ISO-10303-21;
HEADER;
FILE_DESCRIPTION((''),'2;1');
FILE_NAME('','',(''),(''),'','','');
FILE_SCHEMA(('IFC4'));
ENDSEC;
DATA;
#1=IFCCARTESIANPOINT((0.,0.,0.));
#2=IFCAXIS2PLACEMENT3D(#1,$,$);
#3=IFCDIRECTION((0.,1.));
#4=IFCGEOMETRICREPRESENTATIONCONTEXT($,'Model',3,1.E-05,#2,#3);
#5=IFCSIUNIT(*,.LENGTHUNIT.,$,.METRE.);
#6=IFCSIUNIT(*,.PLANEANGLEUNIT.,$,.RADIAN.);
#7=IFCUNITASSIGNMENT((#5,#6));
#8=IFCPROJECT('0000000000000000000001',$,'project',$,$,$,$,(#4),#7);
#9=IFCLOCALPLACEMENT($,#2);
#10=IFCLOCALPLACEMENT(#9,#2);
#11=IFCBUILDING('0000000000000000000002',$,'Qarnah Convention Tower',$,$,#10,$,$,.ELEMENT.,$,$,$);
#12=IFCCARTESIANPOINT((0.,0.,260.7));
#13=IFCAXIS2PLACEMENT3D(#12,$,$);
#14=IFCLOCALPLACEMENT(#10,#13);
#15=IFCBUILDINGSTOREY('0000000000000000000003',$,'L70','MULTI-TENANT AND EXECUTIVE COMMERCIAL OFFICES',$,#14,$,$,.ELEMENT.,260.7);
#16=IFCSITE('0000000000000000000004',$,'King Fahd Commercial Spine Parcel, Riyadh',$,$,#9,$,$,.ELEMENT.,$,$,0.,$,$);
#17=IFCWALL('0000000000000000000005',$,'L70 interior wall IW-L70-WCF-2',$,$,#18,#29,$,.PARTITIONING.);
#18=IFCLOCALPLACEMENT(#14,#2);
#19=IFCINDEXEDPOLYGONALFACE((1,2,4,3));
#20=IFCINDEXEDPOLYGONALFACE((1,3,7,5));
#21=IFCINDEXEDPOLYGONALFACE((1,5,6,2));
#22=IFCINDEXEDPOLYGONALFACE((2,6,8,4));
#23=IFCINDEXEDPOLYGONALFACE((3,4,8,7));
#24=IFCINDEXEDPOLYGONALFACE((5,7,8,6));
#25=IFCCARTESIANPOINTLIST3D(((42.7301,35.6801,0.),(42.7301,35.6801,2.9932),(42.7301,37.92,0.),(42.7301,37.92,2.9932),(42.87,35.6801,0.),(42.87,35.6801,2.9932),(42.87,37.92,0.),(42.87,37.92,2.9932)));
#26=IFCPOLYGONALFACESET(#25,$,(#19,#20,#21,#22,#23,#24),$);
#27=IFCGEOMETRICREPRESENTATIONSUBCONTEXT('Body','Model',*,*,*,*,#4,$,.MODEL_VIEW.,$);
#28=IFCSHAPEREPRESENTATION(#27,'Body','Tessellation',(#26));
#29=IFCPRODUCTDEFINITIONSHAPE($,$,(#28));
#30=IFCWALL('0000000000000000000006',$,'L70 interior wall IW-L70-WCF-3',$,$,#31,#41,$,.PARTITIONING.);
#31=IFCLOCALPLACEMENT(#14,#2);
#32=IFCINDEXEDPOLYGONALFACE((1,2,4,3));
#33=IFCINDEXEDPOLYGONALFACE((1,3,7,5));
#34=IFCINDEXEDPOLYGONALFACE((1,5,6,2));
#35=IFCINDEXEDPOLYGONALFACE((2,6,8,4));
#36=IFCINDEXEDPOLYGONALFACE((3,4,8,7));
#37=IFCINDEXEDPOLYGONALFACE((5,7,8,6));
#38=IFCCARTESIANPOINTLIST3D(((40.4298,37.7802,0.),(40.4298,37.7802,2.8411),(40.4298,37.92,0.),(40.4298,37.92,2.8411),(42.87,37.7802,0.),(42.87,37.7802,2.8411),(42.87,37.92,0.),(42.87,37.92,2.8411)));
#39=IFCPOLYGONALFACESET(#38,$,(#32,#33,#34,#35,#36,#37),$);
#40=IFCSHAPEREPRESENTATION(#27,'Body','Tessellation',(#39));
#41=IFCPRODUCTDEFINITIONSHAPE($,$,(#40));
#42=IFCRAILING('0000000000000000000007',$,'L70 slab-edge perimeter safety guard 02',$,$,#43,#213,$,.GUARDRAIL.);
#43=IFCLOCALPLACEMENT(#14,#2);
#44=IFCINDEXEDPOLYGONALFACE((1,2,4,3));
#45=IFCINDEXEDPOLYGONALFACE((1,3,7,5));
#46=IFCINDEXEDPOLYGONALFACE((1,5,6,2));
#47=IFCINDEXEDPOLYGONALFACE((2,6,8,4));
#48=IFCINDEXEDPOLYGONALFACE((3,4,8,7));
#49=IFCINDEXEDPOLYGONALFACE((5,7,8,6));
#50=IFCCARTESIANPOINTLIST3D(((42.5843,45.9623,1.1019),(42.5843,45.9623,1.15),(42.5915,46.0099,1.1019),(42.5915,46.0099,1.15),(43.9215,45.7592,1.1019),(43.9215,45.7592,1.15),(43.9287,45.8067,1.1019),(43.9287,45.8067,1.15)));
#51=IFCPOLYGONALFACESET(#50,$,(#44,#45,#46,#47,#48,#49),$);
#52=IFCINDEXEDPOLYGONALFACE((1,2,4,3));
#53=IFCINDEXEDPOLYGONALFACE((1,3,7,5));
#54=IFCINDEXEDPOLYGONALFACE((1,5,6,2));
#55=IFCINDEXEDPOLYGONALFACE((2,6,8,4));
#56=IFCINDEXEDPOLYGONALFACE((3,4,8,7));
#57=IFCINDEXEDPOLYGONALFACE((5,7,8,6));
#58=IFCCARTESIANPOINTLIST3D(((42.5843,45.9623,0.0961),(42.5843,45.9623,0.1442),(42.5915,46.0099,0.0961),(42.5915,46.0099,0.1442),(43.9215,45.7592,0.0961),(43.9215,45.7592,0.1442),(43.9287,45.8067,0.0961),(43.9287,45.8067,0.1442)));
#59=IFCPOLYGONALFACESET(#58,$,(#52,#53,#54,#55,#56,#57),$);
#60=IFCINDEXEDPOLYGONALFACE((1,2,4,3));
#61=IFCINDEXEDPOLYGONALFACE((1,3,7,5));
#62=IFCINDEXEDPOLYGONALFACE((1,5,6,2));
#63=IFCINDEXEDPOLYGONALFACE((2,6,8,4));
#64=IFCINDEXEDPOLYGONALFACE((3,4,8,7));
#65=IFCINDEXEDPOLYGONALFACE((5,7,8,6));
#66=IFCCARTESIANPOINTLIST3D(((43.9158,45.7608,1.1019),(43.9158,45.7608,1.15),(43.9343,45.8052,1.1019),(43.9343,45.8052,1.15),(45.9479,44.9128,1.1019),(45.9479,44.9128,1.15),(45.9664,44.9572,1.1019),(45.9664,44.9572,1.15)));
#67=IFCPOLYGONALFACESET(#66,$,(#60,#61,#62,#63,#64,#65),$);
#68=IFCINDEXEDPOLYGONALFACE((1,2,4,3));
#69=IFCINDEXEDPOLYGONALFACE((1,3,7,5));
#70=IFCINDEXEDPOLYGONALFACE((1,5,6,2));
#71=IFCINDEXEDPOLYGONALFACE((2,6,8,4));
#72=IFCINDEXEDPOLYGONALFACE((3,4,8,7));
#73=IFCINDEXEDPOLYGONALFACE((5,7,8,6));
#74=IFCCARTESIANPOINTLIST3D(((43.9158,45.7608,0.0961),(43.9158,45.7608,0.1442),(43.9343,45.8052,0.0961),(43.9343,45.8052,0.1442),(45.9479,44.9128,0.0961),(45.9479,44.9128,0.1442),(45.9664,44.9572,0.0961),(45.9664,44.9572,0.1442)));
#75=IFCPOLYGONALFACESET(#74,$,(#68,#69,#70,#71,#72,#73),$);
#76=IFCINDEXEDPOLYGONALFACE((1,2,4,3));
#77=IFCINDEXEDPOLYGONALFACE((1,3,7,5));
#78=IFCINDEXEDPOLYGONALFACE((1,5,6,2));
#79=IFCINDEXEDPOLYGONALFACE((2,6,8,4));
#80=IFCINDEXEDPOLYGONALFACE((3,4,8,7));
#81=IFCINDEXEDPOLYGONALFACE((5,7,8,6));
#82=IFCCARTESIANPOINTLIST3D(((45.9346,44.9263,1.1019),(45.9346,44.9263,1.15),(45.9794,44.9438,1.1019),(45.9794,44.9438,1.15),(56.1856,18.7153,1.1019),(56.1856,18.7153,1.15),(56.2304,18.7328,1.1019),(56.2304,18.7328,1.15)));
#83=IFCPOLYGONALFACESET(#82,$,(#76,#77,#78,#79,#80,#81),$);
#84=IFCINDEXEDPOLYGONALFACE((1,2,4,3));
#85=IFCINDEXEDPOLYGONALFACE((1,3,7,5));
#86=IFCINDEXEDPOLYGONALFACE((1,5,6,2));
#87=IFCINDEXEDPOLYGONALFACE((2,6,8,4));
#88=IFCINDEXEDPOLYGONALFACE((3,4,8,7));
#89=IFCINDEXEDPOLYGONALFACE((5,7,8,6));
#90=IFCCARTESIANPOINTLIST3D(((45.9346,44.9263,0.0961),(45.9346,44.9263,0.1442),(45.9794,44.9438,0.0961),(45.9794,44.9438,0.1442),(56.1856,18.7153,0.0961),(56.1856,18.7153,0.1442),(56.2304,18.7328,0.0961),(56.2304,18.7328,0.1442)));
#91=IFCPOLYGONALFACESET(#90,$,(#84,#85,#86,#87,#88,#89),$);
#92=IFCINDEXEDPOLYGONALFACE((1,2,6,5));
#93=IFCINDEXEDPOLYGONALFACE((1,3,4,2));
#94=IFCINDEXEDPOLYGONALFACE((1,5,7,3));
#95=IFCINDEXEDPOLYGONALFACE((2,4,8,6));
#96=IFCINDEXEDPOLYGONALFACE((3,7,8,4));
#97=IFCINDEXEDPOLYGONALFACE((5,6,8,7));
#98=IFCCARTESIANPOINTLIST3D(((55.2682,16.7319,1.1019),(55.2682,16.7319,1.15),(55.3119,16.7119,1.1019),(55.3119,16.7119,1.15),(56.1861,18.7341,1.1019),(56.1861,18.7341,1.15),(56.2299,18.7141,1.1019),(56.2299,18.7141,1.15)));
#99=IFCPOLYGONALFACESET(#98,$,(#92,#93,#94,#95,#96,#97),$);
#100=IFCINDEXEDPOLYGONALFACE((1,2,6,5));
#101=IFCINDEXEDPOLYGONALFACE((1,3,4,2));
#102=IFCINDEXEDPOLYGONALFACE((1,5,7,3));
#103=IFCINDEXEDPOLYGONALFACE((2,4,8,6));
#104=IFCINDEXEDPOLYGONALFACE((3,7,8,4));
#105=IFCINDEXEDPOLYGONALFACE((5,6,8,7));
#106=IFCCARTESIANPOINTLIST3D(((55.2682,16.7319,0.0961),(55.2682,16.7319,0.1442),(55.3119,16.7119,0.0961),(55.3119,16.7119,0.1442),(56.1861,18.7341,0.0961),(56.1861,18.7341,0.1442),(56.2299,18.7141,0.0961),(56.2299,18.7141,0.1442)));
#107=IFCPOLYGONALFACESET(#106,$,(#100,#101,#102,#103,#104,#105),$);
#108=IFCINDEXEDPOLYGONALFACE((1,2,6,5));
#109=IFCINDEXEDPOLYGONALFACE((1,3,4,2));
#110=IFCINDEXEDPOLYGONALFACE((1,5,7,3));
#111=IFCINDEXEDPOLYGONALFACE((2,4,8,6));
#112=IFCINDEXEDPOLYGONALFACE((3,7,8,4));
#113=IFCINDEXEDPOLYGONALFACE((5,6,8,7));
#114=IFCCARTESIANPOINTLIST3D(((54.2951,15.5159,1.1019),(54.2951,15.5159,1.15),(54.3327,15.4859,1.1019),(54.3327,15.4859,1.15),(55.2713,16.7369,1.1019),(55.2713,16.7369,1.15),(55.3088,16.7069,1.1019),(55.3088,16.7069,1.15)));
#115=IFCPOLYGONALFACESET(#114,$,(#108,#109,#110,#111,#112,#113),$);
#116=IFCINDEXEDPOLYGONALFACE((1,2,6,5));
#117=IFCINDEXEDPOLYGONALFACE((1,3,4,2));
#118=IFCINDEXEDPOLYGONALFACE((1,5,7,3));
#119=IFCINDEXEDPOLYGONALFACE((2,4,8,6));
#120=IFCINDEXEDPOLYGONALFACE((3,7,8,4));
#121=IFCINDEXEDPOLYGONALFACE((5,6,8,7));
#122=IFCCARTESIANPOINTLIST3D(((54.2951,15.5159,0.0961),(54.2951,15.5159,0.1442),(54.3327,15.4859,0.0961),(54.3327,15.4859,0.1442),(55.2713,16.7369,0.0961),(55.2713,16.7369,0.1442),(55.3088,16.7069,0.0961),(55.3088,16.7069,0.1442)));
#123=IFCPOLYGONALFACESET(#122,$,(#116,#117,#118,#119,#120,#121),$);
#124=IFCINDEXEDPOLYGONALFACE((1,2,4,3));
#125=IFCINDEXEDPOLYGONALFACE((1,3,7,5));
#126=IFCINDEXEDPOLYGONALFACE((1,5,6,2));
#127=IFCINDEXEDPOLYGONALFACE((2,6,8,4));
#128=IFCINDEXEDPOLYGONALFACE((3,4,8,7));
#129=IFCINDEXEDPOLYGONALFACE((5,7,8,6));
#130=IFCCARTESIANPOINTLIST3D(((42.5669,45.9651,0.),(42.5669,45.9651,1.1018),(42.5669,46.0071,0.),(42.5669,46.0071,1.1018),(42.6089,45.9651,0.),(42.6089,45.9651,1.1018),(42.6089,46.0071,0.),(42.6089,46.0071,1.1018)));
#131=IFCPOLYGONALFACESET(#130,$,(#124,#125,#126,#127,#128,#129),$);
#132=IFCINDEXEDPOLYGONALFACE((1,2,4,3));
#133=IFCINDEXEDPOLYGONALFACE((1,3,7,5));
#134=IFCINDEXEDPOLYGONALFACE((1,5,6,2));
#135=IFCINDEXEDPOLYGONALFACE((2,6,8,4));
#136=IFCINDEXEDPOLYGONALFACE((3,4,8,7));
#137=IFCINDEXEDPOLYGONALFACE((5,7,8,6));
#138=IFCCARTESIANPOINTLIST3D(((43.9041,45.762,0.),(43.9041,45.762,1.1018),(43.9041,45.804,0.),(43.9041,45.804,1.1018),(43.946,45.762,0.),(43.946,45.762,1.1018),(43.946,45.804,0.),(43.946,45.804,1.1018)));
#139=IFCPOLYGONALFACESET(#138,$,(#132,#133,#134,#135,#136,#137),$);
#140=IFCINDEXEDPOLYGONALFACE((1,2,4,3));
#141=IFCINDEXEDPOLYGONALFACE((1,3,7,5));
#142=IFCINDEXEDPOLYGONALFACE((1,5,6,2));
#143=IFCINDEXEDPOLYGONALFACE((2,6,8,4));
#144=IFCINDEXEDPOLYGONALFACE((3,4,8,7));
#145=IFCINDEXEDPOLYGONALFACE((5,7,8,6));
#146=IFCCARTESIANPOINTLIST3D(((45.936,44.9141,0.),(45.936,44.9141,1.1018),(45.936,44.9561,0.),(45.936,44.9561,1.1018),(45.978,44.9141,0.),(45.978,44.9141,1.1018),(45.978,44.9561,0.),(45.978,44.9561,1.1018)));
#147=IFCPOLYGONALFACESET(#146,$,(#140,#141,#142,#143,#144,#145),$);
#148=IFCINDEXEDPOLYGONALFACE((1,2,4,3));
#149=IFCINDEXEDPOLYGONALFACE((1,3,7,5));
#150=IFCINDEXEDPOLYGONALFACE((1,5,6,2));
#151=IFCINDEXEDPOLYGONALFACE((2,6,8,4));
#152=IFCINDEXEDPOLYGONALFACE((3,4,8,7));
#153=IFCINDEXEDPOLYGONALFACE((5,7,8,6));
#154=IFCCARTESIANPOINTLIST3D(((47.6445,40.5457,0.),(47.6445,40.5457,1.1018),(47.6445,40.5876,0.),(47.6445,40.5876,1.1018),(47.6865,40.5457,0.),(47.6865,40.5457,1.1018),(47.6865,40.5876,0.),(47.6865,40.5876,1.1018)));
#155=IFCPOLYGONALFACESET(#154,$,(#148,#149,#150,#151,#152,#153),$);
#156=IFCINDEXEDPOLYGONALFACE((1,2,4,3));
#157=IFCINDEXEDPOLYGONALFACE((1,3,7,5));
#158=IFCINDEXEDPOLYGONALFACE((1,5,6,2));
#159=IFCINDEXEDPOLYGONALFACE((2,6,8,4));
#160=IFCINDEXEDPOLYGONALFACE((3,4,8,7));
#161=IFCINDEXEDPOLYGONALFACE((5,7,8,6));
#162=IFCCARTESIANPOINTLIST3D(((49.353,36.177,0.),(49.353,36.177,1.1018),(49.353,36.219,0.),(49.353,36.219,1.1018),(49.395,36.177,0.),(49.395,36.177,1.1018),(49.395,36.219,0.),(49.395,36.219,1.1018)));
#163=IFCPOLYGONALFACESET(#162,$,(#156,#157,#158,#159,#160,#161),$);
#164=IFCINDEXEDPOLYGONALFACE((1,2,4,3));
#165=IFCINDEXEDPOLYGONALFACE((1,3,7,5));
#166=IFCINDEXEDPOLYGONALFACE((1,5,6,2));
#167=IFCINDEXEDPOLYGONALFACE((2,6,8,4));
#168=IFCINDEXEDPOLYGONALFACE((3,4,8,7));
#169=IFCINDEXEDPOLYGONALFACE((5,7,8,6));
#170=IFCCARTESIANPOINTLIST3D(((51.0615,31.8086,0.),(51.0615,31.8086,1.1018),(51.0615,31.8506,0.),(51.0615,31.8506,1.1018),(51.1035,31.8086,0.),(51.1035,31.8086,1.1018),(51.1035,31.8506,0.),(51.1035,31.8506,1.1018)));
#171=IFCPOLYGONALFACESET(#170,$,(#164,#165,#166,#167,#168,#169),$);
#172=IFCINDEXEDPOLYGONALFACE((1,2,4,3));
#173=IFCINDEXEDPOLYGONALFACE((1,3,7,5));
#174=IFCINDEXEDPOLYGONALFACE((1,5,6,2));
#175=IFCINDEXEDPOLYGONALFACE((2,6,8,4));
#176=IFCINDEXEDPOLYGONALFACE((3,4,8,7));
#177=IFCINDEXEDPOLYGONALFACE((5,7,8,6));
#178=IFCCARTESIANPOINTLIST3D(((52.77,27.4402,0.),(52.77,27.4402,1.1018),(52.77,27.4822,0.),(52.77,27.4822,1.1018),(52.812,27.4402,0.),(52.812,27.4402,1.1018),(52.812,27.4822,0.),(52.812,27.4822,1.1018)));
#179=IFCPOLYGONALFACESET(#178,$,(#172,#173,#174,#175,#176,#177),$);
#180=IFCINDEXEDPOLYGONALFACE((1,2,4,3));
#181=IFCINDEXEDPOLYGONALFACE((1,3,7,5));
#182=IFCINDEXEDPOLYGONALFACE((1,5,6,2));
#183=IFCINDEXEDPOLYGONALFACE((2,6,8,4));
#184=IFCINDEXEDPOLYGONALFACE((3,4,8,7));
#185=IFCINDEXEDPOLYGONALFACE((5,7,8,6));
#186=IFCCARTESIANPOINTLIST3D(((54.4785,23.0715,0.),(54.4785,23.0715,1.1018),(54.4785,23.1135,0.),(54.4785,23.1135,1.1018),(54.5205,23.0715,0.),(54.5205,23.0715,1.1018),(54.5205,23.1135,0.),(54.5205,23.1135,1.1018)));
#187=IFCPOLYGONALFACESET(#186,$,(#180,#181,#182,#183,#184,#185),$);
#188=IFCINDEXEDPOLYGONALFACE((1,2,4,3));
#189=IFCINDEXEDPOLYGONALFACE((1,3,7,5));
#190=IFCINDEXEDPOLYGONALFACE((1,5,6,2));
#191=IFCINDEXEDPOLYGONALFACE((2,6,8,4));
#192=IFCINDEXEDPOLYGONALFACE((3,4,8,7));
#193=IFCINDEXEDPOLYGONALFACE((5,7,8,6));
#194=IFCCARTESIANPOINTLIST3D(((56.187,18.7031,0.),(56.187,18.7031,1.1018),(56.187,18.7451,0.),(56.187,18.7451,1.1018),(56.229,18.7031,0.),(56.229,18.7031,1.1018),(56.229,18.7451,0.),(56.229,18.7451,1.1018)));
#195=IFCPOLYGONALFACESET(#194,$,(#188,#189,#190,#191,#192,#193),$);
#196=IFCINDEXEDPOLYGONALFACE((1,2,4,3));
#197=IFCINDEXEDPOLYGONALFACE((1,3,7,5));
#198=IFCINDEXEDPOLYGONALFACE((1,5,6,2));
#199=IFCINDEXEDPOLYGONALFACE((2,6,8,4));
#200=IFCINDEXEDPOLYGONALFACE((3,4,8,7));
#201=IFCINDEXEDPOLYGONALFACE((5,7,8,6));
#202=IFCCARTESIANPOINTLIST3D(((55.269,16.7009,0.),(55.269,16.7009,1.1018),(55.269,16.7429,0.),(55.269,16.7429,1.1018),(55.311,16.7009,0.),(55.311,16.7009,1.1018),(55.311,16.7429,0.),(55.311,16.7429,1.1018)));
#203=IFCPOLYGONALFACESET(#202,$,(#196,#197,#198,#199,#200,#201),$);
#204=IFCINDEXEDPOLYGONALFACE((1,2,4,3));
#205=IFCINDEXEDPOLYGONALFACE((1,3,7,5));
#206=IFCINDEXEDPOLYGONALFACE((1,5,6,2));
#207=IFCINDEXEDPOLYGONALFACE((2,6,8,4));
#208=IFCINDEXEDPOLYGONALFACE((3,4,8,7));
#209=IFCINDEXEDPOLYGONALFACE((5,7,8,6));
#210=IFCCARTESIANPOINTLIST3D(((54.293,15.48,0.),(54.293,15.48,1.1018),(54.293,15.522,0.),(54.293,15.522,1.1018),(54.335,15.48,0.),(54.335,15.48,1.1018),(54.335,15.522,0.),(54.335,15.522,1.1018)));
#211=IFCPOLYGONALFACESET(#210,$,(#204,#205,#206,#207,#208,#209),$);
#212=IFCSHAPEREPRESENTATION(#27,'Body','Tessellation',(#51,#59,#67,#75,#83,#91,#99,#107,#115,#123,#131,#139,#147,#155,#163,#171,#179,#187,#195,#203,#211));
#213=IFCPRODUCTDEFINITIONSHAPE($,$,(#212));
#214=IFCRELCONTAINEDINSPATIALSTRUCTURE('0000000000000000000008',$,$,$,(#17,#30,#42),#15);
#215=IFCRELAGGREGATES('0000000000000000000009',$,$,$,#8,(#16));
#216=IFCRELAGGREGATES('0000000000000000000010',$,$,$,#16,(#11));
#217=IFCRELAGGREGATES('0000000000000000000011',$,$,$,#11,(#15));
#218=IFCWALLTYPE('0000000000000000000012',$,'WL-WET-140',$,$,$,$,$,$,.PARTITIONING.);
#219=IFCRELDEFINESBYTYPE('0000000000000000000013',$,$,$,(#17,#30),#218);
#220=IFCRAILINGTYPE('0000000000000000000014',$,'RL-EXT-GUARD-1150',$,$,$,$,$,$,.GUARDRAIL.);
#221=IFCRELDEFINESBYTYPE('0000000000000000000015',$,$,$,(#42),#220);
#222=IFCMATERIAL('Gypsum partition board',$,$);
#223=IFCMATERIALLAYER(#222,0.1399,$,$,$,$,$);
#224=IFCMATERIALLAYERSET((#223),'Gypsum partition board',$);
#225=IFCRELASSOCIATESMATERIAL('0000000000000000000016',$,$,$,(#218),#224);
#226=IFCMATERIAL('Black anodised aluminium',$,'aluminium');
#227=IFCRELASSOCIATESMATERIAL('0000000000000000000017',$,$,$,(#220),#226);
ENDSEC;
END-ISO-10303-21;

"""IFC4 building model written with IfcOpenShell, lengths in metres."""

from ifc_helpers import new_model, si_unit, direction, frame, frame_2d, origin, origin_2d, place, context, subcontext, project, spatial, rectangle, extrude, material, layer, layer_set, type_object, element, save


model = new_model("IFC4")

# Units and contexts
model_context = context("Model", 3, precision=1e-05, world=origin(), true_north=direction((0.0, 1.0)))
body_context = subcontext(model_context, "Body", "Model", "MODEL_VIEW")
ifc_project = project(units=[si_unit("LENGTHUNIT", "METRE"), si_unit("PLANEANGLEUNIT", "RADIAN")], contexts=[model_context])

# Site, building, storey
site_placement = place(None, origin())
site = spatial("IfcSite", under=ifc_project, at=site_placement, Name="King Fahd Commercial Spine Parcel, Riyadh", CompositionType="ELEMENT", RefElevation=0.0)
building_placement = place(site_placement, origin())
building = spatial("IfcBuilding", under=site, at=building_placement, Name="Qarnah Convention Tower", CompositionType="ELEMENT")
storey_placement = place(building_placement, frame((0.0, 0.0, 260.7)))
storey = spatial("IfcBuildingStorey", under=building, at=storey_placement, Name="L70", Description="MULTI-TENANT AND EXECUTIVE COMMERCIAL OFFICES", CompositionType="ELEMENT", Elevation=260.7)

# Shared definitions
ifc_material_1 = material(Name="Black anodised aluminium", Category="aluminium")

# Shared definitions
ifc_material_2 = material(Name="Gypsum partition board")

# Shared definitions
ifc_layer_1 = layer(ifc_material_2, 0.1399)
ifc_layer_set_1 = layer_set([ifc_layer_1], Name="Gypsum partition board")
wall_type_1 = type_object("IfcWallType", Name="WL-WET-140", PredefinedType="PARTITIONING", material=ifc_layer_set_1)

# Walls
wall_1_placement = place(storey_placement, frame((42.8, 35.6799, 0.0), z_axis=(0.0, 0.0, 1.0), x_axis=(0.0, 1.0, 0.0)))
element("IfcWall", 1, at=wall_1_placement, inside=storey, type_object=wall_type_1, Name="L70 interior wall IW-L70-WCF-2", PredefinedType="PARTITIONING", context=body_context, shape_type="SweptSolid", body=[
    extrude(rectangle(XDim=2.24, YDim=0.1399, at=frame_2d((1.1201, 0.0))), origin(), (0.0, 0.0, 1.0), 2.9932),
])
wall_2_placement = place(storey_placement, frame((42.8701, 37.8501, 0.0), z_axis=(0.0, 0.0, 1.0), x_axis=(-1.0, 0.0, 0.0)))
element("IfcWall", 2, at=wall_2_placement, inside=storey, type_object=wall_type_1, Name="L70 interior wall IW-L70-WCF-3", PredefinedType="PARTITIONING", context=body_context, shape_type="SweptSolid", body=[
    extrude(rectangle(XDim=2.4402, YDim=0.1399, at=frame_2d((1.2202, 0.0))), origin(), (0.0, 0.0, 1.0), 2.8411),
])

# Railing
railing_type = type_object("IfcRailingType", Name="RL-EXT-GUARD-1150", PredefinedType="GUARDRAIL", material=ifc_material_1)
railing_1_placement = place(storey_placement, frame((42.5879, 45.9861, 0.0)))
element("IfcRailing", 3, at=railing_1_placement, inside=storey, type_object=railing_type, Name="L70 slab-edge perimeter safety guard 02", PredefinedType="GUARDRAIL", context=body_context, shape_type="SweptSolid", body=[
    extrude(rectangle(XDim=0.0481, YDim=0.0481, at=origin_2d()), frame((0.0, 0.0, 1.126), z_axis=(0.988658, -0.150185, 0.0), x_axis=(0.150185, 0.988658, 0.0)), (0.0, 0.0, 1.0), 1.3525),
    extrude(rectangle(XDim=0.0481, YDim=0.0481, at=origin_2d()), frame((0.0, 0.0, 0.1201), z_axis=(0.988658, -0.150185, 0.0), x_axis=(0.150185, 0.988658, 0.0)), (0.0, 0.0, 1.0), 1.3525),
    extrude(rectangle(XDim=0.0481, YDim=0.0481, at=origin_2d()), frame((1.3372, -0.2031, 1.126), z_axis=(0.922877, -0.385096, 0.0), x_axis=(0.385096, 0.922877, 0.0)), (0.0, 0.0, 1.0), 2.2019),
    extrude(rectangle(XDim=0.0481, YDim=0.0481, at=origin_2d()), frame((1.3372, -0.2031, 0.1201), z_axis=(0.922877, -0.385096, 0.0), x_axis=(0.385096, 0.922877, 0.0)), (0.0, 0.0, 1.0), 2.2019),
    extrude(rectangle(XDim=0.0481, YDim=0.0481, at=origin_2d()), frame((3.3691, -1.051, 1.126), z_axis=(0.364231, -0.931309, 0.0), x_axis=(0.931309, 0.364231, 0.0)), (0.0, 0.0, 1.0), 28.1443),
    extrude(rectangle(XDim=0.0481, YDim=0.0481, at=origin_2d()), frame((3.3691, -1.051, 0.1201), z_axis=(0.364231, -0.931309, 0.0), x_axis=(0.931309, 0.364231, 0.0)), (0.0, 0.0, 1.0), 28.1443),
    extrude(rectangle(XDim=0.0481, YDim=0.0481, at=origin_2d()), frame((13.6201, -27.262, 1.126), z_axis=(-0.416765, -0.909014, 0.0), x_axis=(0.909014, -0.416765, 0.0)), (0.0, 0.0, 1.0), 2.2026),
    extrude(rectangle(XDim=0.0481, YDim=0.0481, at=origin_2d()), frame((13.6201, -27.262, 0.1201), z_axis=(-0.416765, -0.909014, 0.0), x_axis=(0.909014, -0.416765, 0.0)), (0.0, 0.0, 1.0), 2.2026),
    extrude(rectangle(XDim=0.0481, YDim=0.0481, at=origin_2d()), frame((12.7021, -29.2642, 1.126), z_axis=(-0.624428, -0.781082, 0.0), x_axis=(0.781082, -0.624428, 0.0)), (0.0, 0.0, 1.0), 1.5632),
    extrude(rectangle(XDim=0.0481, YDim=0.0481, at=origin_2d()), frame((12.7021, -29.2642, 0.1201), z_axis=(-0.624428, -0.781082, 0.0), x_axis=(0.781082, -0.624428, 0.0)), (0.0, 0.0, 1.0), 1.5632),
    extrude(rectangle(XDim=0.042, YDim=0.042, at=origin_2d()), origin(), (0.0, 0.0, 1.0), 1.1018),
    extrude(rectangle(XDim=0.042, YDim=0.042, at=origin_2d()), frame((1.3372, -0.2031, 0.0)), (0.0, 0.0, 1.0), 1.1018),
    extrude(rectangle(XDim=0.042, YDim=0.042, at=origin_2d()), frame((3.3691, -1.051, 0.0)), (0.0, 0.0, 1.0), 1.1018),
    extrude(rectangle(XDim=0.042, YDim=0.042, at=origin_2d()), frame((5.0776, -5.4194, 0.0)), (0.0, 0.0, 1.0), 1.1018),
    extrude(rectangle(XDim=0.042, YDim=0.042, at=origin_2d()), frame((6.7861, -9.7881, 0.0)), (0.0, 0.0, 1.0), 1.1018),
    extrude(rectangle(XDim=0.042, YDim=0.042, at=origin_2d()), frame((8.4946, -14.1565, 0.0)), (0.0, 0.0, 1.0), 1.1018),
    extrude(rectangle(XDim=0.042, YDim=0.042, at=origin_2d()), frame((10.2031, -18.5249, 0.0)), (0.0, 0.0, 1.0), 1.1018),
    extrude(rectangle(XDim=0.042, YDim=0.042, at=origin_2d()), frame((11.9116, -22.8936, 0.0)), (0.0, 0.0, 1.0), 1.1018),
    extrude(rectangle(XDim=0.042, YDim=0.042, at=origin_2d()), frame((13.6201, -27.262, 0.0)), (0.0, 0.0, 1.0), 1.1018),
    extrude(rectangle(XDim=0.042, YDim=0.042, at=origin_2d()), frame((12.7021, -29.2642, 0.0)), (0.0, 0.0, 1.0), 1.1018),
    extrude(rectangle(XDim=0.042, YDim=0.042, at=origin_2d()), frame((11.7261, -30.4851, 0.0)), (0.0, 0.0, 1.0), 1.1018),
])

save(model, "model.ifc")
